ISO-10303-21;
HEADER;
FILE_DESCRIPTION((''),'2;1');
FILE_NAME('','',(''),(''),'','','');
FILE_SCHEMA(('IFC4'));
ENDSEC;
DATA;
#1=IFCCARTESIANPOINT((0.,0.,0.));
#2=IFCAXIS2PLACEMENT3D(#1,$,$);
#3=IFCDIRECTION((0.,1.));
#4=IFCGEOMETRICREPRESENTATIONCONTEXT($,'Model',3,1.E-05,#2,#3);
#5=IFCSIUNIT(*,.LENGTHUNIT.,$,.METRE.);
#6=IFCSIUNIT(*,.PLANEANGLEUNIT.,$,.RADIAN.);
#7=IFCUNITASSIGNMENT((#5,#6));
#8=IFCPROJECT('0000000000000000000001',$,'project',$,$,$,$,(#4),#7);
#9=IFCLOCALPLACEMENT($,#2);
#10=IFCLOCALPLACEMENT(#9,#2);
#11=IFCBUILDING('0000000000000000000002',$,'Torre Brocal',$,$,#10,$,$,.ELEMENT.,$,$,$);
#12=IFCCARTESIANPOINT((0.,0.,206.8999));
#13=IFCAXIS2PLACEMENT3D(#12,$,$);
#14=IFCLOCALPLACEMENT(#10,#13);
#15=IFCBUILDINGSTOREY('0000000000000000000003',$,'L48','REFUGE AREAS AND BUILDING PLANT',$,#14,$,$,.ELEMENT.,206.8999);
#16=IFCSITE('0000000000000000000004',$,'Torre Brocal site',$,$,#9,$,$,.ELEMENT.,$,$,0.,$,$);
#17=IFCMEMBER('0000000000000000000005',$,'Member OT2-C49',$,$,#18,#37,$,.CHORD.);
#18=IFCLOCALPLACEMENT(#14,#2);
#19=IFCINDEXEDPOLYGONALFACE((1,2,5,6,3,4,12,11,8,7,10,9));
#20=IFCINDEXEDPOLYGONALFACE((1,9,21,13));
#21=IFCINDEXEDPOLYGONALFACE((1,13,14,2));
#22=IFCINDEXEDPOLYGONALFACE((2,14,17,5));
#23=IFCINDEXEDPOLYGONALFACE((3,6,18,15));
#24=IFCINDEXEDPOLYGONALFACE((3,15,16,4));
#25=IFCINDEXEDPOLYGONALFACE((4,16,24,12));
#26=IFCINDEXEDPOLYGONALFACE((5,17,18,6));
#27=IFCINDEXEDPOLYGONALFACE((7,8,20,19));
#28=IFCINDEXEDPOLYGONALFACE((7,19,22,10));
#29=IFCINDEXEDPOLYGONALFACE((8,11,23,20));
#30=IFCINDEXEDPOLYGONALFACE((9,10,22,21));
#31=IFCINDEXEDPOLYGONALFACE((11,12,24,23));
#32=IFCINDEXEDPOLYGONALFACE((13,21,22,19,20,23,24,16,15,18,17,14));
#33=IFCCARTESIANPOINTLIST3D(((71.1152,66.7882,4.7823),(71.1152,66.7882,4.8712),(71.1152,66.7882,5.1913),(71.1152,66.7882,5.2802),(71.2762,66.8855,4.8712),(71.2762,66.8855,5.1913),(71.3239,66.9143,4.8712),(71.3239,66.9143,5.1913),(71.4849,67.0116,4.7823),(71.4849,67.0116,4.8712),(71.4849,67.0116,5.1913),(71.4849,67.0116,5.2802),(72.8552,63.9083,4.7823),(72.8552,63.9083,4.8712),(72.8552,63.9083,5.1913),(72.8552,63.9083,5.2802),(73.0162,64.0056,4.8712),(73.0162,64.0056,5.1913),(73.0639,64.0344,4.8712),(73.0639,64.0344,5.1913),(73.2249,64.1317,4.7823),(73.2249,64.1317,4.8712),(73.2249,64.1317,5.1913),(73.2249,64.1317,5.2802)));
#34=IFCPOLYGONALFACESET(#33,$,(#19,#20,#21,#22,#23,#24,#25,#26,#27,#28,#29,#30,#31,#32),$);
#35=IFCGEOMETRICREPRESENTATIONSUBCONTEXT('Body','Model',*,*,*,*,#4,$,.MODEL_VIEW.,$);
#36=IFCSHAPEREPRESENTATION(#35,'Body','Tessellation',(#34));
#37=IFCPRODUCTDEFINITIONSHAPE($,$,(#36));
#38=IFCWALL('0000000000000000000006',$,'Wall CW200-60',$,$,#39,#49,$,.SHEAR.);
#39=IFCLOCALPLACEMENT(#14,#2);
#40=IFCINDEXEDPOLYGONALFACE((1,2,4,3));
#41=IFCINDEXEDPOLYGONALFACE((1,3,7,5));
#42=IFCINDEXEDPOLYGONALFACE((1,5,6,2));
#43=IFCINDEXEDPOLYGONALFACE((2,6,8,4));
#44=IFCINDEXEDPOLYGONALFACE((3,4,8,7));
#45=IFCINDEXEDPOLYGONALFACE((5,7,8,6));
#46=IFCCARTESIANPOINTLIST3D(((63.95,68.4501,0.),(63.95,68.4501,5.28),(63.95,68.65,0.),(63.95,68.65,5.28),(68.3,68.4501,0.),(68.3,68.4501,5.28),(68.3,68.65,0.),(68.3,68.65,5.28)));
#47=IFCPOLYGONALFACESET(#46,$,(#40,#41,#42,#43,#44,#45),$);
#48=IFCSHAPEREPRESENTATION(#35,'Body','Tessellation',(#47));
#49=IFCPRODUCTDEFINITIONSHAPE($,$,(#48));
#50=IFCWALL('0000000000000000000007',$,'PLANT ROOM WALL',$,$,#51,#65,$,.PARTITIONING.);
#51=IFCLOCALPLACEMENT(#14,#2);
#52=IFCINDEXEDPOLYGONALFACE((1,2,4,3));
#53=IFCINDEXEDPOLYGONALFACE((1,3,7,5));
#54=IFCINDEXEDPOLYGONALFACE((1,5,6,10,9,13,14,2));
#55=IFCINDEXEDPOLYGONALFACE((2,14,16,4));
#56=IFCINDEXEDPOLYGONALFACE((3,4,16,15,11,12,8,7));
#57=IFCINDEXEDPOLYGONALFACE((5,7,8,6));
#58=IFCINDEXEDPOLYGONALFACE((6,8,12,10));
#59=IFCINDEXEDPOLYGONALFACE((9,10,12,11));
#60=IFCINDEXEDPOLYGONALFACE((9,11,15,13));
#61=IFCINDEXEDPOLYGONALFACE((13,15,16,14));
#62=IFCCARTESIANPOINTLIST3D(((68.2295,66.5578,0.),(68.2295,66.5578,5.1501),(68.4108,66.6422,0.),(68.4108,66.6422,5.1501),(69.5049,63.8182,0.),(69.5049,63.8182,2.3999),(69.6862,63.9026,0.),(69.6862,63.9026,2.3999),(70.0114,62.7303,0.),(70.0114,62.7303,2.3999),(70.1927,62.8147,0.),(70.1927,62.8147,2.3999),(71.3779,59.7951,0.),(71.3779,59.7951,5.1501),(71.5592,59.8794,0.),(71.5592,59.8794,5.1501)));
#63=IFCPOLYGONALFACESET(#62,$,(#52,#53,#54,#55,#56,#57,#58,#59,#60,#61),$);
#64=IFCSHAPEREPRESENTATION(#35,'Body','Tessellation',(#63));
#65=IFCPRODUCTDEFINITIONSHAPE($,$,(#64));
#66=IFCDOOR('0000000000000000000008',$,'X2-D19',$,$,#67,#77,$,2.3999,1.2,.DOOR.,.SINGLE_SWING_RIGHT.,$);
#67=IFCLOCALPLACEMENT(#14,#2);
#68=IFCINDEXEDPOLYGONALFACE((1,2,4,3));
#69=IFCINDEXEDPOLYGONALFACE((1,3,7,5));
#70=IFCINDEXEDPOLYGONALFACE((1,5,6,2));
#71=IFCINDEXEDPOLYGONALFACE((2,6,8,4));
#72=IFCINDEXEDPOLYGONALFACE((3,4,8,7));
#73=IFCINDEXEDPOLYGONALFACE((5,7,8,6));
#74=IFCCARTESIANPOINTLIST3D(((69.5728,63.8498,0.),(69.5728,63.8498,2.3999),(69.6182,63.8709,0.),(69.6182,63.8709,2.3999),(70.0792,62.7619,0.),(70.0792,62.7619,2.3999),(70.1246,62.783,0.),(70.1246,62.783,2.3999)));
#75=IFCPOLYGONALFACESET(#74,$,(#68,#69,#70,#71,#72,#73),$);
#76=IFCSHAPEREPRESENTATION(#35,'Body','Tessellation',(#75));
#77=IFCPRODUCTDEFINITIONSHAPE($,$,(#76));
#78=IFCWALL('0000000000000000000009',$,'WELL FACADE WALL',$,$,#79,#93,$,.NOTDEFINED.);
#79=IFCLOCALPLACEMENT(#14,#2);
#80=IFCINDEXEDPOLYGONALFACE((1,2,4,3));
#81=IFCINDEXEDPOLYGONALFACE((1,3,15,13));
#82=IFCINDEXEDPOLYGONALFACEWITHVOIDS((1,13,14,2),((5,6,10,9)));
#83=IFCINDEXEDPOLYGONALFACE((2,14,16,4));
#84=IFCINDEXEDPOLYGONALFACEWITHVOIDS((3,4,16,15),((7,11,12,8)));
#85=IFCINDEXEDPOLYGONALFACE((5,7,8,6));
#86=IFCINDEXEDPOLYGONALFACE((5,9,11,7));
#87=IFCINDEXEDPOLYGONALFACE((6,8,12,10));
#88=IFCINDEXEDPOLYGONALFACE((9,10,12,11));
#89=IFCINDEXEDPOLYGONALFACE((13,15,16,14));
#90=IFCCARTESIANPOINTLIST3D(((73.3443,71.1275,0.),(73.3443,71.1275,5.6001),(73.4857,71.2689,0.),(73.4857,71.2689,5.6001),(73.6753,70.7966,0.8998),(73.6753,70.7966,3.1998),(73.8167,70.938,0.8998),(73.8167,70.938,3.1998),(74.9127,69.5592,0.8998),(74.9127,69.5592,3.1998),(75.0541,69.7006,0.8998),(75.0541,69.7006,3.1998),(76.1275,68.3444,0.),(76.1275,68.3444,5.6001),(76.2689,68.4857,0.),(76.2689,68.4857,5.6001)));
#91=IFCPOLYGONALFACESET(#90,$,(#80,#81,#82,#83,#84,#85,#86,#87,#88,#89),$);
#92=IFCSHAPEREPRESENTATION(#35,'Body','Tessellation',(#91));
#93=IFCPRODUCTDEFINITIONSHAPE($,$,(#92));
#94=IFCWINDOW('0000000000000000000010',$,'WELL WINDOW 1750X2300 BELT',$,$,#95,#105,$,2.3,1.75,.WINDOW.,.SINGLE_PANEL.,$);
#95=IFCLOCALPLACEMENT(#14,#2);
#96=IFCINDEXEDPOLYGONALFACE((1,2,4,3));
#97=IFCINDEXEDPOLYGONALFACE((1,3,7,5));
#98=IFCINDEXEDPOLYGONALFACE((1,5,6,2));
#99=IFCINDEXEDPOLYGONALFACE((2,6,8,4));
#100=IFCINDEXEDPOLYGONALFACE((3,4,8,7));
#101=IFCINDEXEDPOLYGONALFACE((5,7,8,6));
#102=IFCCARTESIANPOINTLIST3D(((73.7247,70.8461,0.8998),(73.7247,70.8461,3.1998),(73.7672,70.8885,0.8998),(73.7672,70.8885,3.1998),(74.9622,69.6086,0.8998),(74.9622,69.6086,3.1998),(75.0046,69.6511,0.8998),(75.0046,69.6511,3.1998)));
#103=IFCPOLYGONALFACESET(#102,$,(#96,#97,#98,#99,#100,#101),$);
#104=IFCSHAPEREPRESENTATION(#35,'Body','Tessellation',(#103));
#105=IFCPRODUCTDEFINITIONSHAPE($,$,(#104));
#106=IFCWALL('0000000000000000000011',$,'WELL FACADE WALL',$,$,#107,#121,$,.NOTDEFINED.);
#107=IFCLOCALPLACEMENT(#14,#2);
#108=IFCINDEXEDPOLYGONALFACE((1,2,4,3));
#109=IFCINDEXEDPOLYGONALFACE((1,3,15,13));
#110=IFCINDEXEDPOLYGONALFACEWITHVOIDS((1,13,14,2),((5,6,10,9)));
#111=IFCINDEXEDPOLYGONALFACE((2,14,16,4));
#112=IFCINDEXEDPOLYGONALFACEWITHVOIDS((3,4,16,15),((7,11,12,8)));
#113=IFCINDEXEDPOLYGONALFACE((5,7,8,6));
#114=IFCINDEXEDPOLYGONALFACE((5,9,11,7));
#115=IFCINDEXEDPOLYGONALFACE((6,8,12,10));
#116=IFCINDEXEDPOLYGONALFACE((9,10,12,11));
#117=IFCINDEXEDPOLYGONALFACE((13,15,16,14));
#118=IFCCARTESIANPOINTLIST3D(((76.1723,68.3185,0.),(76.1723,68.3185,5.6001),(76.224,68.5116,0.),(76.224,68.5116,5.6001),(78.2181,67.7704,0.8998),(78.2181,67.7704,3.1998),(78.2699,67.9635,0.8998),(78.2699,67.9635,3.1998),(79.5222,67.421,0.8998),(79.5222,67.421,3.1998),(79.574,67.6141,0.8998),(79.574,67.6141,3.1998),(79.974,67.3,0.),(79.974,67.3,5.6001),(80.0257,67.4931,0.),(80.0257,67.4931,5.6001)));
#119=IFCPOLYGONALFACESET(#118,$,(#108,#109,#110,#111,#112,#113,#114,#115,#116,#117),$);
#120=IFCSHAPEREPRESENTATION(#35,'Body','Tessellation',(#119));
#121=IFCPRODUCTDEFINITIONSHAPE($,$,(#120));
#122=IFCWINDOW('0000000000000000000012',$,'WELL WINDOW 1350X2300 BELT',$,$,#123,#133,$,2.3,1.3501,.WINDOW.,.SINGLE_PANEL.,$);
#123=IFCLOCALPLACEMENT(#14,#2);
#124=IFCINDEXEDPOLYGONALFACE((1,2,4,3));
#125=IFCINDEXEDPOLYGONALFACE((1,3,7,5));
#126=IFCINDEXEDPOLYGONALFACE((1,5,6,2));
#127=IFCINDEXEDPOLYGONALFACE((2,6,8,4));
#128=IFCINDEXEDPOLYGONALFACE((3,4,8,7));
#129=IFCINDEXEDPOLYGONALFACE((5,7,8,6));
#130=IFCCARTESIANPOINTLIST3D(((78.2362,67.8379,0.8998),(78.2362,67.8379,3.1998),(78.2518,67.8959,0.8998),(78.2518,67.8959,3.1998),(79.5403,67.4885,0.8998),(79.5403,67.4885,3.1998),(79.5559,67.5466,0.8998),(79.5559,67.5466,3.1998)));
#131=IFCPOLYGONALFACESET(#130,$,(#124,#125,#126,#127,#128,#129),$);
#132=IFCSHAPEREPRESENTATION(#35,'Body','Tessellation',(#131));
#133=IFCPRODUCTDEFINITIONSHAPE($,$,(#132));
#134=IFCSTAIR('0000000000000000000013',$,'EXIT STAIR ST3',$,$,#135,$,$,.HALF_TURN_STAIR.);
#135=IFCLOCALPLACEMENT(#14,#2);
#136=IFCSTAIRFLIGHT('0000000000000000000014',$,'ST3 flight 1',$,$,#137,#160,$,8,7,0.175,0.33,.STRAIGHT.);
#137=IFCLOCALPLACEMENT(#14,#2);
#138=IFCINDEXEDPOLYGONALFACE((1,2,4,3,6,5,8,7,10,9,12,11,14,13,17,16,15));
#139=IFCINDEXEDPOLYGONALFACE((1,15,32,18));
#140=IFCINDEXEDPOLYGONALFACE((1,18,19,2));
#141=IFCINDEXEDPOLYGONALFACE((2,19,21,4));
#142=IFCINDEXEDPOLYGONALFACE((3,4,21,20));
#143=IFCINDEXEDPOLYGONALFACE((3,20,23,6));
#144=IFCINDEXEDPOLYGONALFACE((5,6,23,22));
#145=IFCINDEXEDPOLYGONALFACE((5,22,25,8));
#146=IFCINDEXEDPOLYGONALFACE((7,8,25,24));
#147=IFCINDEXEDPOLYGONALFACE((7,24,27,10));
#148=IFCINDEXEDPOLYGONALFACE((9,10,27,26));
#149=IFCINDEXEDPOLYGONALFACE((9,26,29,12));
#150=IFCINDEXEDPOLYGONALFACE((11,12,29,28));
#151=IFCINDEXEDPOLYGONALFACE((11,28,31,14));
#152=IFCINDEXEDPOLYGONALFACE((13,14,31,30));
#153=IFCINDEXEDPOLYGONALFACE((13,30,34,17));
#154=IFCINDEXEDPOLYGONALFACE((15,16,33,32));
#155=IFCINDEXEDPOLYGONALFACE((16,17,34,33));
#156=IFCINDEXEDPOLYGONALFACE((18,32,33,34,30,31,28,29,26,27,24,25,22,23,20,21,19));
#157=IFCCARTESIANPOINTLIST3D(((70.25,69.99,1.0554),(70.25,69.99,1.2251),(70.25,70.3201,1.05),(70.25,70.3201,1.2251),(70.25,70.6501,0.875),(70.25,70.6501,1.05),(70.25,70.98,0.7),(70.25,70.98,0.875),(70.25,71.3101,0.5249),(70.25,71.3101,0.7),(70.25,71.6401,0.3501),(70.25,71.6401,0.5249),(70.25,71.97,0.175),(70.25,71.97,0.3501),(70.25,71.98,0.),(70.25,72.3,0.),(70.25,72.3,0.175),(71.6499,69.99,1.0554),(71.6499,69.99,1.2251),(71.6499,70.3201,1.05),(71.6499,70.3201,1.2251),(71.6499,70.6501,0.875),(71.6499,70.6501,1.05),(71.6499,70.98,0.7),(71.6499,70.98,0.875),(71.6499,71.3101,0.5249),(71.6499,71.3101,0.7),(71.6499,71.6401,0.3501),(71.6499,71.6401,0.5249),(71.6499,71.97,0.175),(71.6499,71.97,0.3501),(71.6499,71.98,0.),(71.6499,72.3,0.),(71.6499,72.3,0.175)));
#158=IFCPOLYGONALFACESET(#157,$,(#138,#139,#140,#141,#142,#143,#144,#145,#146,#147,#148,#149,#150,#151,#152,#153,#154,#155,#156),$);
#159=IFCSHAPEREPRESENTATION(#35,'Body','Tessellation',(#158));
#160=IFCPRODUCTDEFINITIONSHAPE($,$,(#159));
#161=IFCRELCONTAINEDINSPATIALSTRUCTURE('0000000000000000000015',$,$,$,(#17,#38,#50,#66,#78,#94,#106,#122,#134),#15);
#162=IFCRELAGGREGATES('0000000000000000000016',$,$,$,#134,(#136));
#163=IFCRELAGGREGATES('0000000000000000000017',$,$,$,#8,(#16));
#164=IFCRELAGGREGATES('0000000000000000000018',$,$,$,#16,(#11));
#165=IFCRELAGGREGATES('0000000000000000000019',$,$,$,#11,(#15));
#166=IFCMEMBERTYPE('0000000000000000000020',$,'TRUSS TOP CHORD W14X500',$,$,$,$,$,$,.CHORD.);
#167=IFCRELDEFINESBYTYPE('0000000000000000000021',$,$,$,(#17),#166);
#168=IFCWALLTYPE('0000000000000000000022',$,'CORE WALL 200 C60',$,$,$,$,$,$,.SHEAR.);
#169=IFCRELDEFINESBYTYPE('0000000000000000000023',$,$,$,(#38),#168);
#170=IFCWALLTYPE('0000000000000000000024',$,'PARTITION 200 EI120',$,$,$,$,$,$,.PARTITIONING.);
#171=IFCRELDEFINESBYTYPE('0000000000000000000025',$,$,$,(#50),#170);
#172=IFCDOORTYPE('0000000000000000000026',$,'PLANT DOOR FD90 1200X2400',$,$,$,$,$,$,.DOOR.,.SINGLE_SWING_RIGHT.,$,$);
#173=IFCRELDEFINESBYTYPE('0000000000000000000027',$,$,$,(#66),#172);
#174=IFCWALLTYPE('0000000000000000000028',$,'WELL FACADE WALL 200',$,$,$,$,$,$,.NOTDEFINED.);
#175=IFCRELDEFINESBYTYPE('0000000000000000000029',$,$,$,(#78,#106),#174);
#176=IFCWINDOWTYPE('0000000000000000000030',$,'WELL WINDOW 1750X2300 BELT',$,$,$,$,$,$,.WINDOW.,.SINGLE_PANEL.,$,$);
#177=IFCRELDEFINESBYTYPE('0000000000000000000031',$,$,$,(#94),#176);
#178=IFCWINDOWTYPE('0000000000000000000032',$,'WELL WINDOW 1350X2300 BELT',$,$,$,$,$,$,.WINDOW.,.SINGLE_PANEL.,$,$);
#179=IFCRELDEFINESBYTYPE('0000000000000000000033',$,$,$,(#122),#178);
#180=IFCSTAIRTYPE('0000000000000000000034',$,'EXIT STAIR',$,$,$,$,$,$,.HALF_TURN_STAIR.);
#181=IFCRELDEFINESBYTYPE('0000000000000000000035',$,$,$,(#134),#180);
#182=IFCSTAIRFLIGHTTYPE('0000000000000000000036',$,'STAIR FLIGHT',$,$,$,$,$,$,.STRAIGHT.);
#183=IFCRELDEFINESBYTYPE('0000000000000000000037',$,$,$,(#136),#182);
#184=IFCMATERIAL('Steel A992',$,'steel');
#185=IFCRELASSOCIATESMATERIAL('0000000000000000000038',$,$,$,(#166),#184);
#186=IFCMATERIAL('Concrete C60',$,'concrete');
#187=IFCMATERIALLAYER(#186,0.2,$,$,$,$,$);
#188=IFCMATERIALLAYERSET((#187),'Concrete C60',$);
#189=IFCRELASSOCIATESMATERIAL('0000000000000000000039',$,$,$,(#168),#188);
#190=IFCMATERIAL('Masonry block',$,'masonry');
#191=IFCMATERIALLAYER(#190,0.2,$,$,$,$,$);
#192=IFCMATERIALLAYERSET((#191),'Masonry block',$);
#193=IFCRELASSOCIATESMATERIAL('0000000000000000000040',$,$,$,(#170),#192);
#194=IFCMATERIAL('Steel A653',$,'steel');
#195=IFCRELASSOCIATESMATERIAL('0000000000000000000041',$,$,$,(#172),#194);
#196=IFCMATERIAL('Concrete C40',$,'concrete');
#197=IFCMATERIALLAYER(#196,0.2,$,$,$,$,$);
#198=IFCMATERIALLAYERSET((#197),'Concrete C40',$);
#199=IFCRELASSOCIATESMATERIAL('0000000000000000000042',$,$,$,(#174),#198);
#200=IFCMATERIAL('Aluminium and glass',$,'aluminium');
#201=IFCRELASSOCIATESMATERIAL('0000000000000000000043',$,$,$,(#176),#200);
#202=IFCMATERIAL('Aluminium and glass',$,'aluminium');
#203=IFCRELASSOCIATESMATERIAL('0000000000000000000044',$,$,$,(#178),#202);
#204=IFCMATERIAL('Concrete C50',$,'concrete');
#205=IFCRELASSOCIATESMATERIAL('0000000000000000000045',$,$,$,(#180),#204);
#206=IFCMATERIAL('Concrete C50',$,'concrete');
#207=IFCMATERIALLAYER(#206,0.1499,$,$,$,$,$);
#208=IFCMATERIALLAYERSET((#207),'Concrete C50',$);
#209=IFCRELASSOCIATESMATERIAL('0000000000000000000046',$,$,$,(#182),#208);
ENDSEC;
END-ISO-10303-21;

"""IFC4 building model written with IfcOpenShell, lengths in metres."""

from ifc_helpers import new_model, si_unit, direction, frame, frame_2d, origin, origin_2d, place, context, subcontext, project, spatial, polyline, rectangle, i_section, outline, extrude, material, layer, layer_set, material_profile, profile_set, type_object, element, fill, aggregate, save


model = new_model("IFC4")

# Units and contexts
model_context = context("Model", 3, precision=1e-05, world=origin(), true_north=direction((0.0, 1.0)))
body_context = subcontext(model_context, "Body", "Model", "MODEL_VIEW")
ifc_project = project(units=[si_unit("LENGTHUNIT", "METRE"), si_unit("PLANEANGLEUNIT", "RADIAN")], contexts=[model_context])

# Site, building, storey
site_placement = place(None, origin())
site = spatial("IfcSite", under=ifc_project, at=site_placement, Name="Torre Brocal site", CompositionType="ELEMENT", RefElevation=0.0)
building_placement = place(site_placement, origin())
building = spatial("IfcBuilding", under=site, at=building_placement, Name="Torre Brocal", CompositionType="ELEMENT")
storey_placement = place(building_placement, frame((0.0, 0.0, 206.8999)))
storey = spatial("IfcBuildingStorey", under=building, at=storey_placement, Name="L48", Description="REFUGE AREAS AND BUILDING PLANT", CompositionType="ELEMENT", Elevation=206.8999)

# Member
ifc_material_1 = material(Name="Steel A992", Category="steel")
ifc_material_profile_1 = material_profile(ifc_material_1, i_section(OverallWidth=0.4319, OverallDepth=0.4978, WebThickness=0.0557, FlangeThickness=0.0889, at=origin_2d()), Name="W14X500")
ifc_profile_set_1 = profile_set([ifc_material_profile_1], Name="Steel A992")
member_type_1 = type_object("IfcMemberType", Name="TRUSS TOP CHORD W14X500", PredefinedType="CHORD", material=ifc_profile_set_1)
member_1_placement = place(storey_placement, frame((71.3, 66.8999, 5.0312), z_axis=(0.517129, -0.855908, 0.0), x_axis=(0.855908, 0.517129, 0.0)))
element("IfcMember", 1, at=member_1_placement, inside=storey, type_object=member_type_1, Name="Member OT2-C49", PredefinedType="CHORD", context=body_context, shape_type="SweptSolid", body=[
    extrude(i_section(OverallWidth=0.4319, OverallDepth=0.4978, WebThickness=0.0557, FlangeThickness=0.0889, at=origin_2d()), origin(), (0.0, 0.0, 1.0), 3.3647),
])

# Wall
ifc_material_2 = material(Name="Concrete C60", Category="concrete")
ifc_layer_1 = layer(ifc_material_2, 0.2)
ifc_layer_set_1 = layer_set([ifc_layer_1], Name="Concrete C60")
wall_type_1 = type_object("IfcWallType", Name="CORE WALL 200 C60", PredefinedType="SHEAR", material=ifc_layer_set_1)
wall_1_placement = place(storey_placement, frame((68.3, 68.55, 0.0), z_axis=(0.0, 0.0, 1.0), x_axis=(-1.0, 0.0, 0.0)))
element("IfcWall", 2, at=wall_1_placement, inside=storey, type_object=wall_type_1, Name="Wall CW200-60", PredefinedType="SHEAR", context=body_context, shape_type="SweptSolid", body=[
    extrude(rectangle(XDim=4.3501, YDim=0.2, at=frame_2d((2.175, 0.0))), origin(), (0.0, 0.0, 1.0), 5.28),
])

# Wall, opening, door
ifc_material_3 = material(Name="Masonry block", Category="masonry")
ifc_layer_2 = layer(ifc_material_3, 0.2)
ifc_layer_set_2 = layer_set([ifc_layer_2], Name="Masonry block")
wall_type_2 = type_object("IfcWallType", Name="PARTITION 200 EI120", PredefinedType="PARTITIONING", material=ifc_layer_set_2)
wall_2_placement = place(storey_placement, frame((68.3201, 66.6001, 0.0), z_axis=(0.0, 0.0, 1.0), x_axis=(0.422061, -0.906567, 0.0)))
wall_2 = element("IfcWall", 3, at=wall_2_placement, inside=storey, type_object=wall_type_2, Name="PLANT ROOM WALL", PredefinedType="PARTITIONING", context=body_context, shape_type="SweptSolid", body=[
    extrude(rectangle(XDim=7.4597, YDim=0.2, at=frame_2d((3.73, 0.0))), origin(), (0.0, 0.0, 1.0), 5.1501),
])
opening_1_placement = place(wall_2_placement, frame((3.022, 0.0, 0.0)))
opening_1 = element("IfcOpeningElement", 4, at=opening_1_placement, cuts=wall_2, PredefinedType="OPENING", context=body_context, shape_type="SweptSolid", body=[
    extrude(rectangle(XDim=1.2, YDim=2.3999, at=frame_2d((0.6001, 1.2))), frame((0.0, 0.1099, 0.0), z_axis=(0.0, -1.0, 0.0), x_axis=(1.0, 0.0, 0.0)), (0.0, 0.0, 1.0), 0.22),
])
ifc_material_4 = material(Name="Steel A653", Category="steel")
door_type_1 = type_object("IfcDoorType", Name="PLANT DOOR FD90 1200X2400", OperationType="SINGLE_SWING_RIGHT", PredefinedType="DOOR", material=ifc_material_4)
door_1_placement = place(opening_1_placement, origin())
door_1 = element("IfcDoor", 5, at=door_1_placement, inside=storey, type_object=door_type_1, Name="X2-D19", OperationType="SINGLE_SWING_RIGHT", OverallHeight=2.3999, OverallWidth=1.2, PredefinedType="DOOR", context=body_context, shape_type="SweptSolid", body=[
    extrude(rectangle(XDim=1.2, YDim=2.3999, at=frame_2d((0.6001, 1.2))), frame((0.0, 0.0249, 0.0), z_axis=(0.0, -1.0, 0.0), x_axis=(1.0, 0.0, 0.0)), (0.0, 0.0, 1.0), 0.05),
])
fill(opening_1, door_1)

# Walls, openings, windows
ifc_material_5 = material(Name="Concrete C40", Category="concrete")
ifc_layer_3 = layer(ifc_material_5, 0.2)
ifc_layer_set_3 = layer_set([ifc_layer_3], Name="Concrete C40")
wall_type_3 = type_object("IfcWallType", Name="WELL FACADE WALL 200", PredefinedType="NOTDEFINED", material=ifc_layer_set_3)
wall_3_placement = place(storey_placement, frame((73.415, 71.1982, 0.0), z_axis=(0.0, 0.0, 1.0), x_axis=(0.707107, -0.707107, 0.0)))
wall_3 = element("IfcWall", 6, at=wall_3_placement, inside=storey, type_object=wall_type_3, Name="WELL FACADE WALL", PredefinedType="NOTDEFINED", context=body_context, shape_type="SweptSolid", body=[
    extrude(rectangle(XDim=3.936, YDim=0.2, at=frame_2d((1.968, 0.0))), origin(), (0.0, 0.0, 1.0), 5.6001),
])
opening_2_placement = place(wall_3_placement, frame((0.468, 0.0, 0.8999)))
opening_2 = element("IfcOpeningElement", 7, at=opening_2_placement, cuts=wall_3, PredefinedType="OPENING", context=body_context, shape_type="SweptSolid", body=[
    extrude(rectangle(XDim=1.75, YDim=2.3, at=frame_2d((0.875, 1.1499))), frame((0.0, 0.1099, 0.0), z_axis=(0.0, -1.0, 0.0), x_axis=(1.0, 0.0, 0.0)), (0.0, 0.0, 1.0), 0.22),
])
ifc_material_6 = material(Name="Aluminium and glass", Category="aluminium")
window_type_1 = type_object("IfcWindowType", Name="WELL WINDOW 1750X2300 BELT", PartitioningType="SINGLE_PANEL", PredefinedType="WINDOW", material=ifc_material_6)
window_1_placement = place(opening_2_placement, origin())
window_1 = element("IfcWindow", 8, at=window_1_placement, inside=storey, type_object=window_type_1, Name="WELL WINDOW 1750X2300 BELT", OverallHeight=2.3, OverallWidth=1.75, PartitioningType="SINGLE_PANEL", PredefinedType="WINDOW", context=body_context, shape_type="SweptSolid", body=[
    extrude(rectangle(XDim=1.75, YDim=2.3, at=frame_2d((0.875, 1.1499))), frame((0.0, 0.03, 0.0), z_axis=(0.0, -1.0, 0.0), x_axis=(1.0, 0.0, 0.0)), (0.0, 0.0, 1.0), 0.0601),
])
fill(opening_2, window_1)
wall_4_placement = place(storey_placement, frame((76.1982, 68.415, 0.0), z_axis=(0.0, 0.0, 1.0), x_axis=(0.965934, -0.25879, 0.0)))
wall_4 = element("IfcWall", 9, at=wall_4_placement, inside=storey, type_object=wall_type_3, Name="WELL FACADE WALL", PredefinedType="NOTDEFINED", context=body_context, shape_type="SweptSolid", body=[
    extrude(rectangle(XDim=3.9358, YDim=0.2, at=frame_2d((1.9678, 0.0))), origin(), (0.0, 0.0, 1.0), 5.6001),
])
opening_3_placement = place(wall_4_placement, frame((2.1179, 0.0, 0.8999)))
opening_3 = element("IfcOpeningElement", 10, at=opening_3_placement, cuts=wall_4, PredefinedType="OPENING", context=body_context, shape_type="SweptSolid", body=[
    extrude(rectangle(XDim=1.3501, YDim=2.3, at=frame_2d((0.675, 1.1499))), frame((0.0, 0.1099, 0.0), z_axis=(0.0, -1.0, 0.0), x_axis=(1.0, 0.0, 0.0)), (0.0, 0.0, 1.0), 0.22),
])
ifc_material_7 = material(Name="Aluminium and glass", Category="aluminium")
window_type_2 = type_object("IfcWindowType", Name="WELL WINDOW 1350X2300 BELT", PartitioningType="SINGLE_PANEL", PredefinedType="WINDOW", material=ifc_material_7)
window_2_placement = place(opening_3_placement, origin())
window_2 = element("IfcWindow", 11, at=window_2_placement, inside=storey, type_object=window_type_2, Name="WELL WINDOW 1350X2300 BELT", OverallHeight=2.3, OverallWidth=1.3501, PartitioningType="SINGLE_PANEL", PredefinedType="WINDOW", context=body_context, shape_type="SweptSolid", body=[
    extrude(rectangle(XDim=1.3501, YDim=2.3, at=frame_2d((0.675, 1.1499))), frame((0.0, 0.03, 0.0), z_axis=(0.0, -1.0, 0.0), x_axis=(1.0, 0.0, 0.0)), (0.0, 0.0, 1.0), 0.0601),
])
fill(opening_3, window_2)

# Stair, stair flight
ifc_material_8 = material(Name="Concrete C50", Category="concrete")
stair_type = type_object("IfcStairType", Name="EXIT STAIR", PredefinedType="HALF_TURN_STAIR", material=ifc_material_8)
stair_placement = place(storey_placement, origin())
stair = element("IfcStair", 12, at=stair_placement, inside=storey, type_object=stair_type, Name="EXIT STAIR ST3", PredefinedType="HALF_TURN_STAIR")
ifc_material_9 = material(Name="Concrete C50", Category="concrete")
ifc_layer_4 = layer(ifc_material_9, 0.1499)
ifc_layer_set_4 = layer_set([ifc_layer_4], Name="Concrete C50")
stair_flight_type = type_object("IfcStairFlightType", Name="STAIR FLIGHT", PredefinedType="STRAIGHT", material=ifc_layer_set_4)
stair_flight_1_placement = place(storey_placement, frame((70.95, 72.3, 0.0), z_axis=(0.0, 0.0, 1.0), x_axis=(0.0, -1.0, 0.0)))
stair_flight_1 = element("IfcStairFlight", 13, at=stair_flight_1_placement, type_object=stair_flight_type, Name="ST3 flight 1", NumberOfRisers=8, NumberOfTreads=7, PredefinedType="STRAIGHT", RiserHeight=0.175, TreadLength=0.33, context=body_context, shape_type="SweptSolid", body=[
    extrude(outline(polyline([(0.0, 0.0), (0.0, 0.175), (0.3301, 0.175), (0.3301, 0.3501), (0.6599, 0.3501), (0.6599, 0.5249), (0.99, 0.5249), (0.99, 0.7), (1.3201, 0.7), (1.3201, 0.875), (1.6499, 0.875), (1.6499, 1.05), (1.98, 1.05), (1.98, 1.2251), (2.3101, 1.2251), (2.3101, 1.3999), (2.3101, 1.0554), (0.3201, 0.0), (0.0, 0.0)])), frame((0.0, 0.7, 0.0), z_axis=(0.0, -1.0, 0.0), x_axis=(1.0, 0.0, 0.0)), (0.0, 0.0, 1.0), 1.3999),
])
aggregate(stair, [stair_flight_1])

save(model, "model.ifc")
